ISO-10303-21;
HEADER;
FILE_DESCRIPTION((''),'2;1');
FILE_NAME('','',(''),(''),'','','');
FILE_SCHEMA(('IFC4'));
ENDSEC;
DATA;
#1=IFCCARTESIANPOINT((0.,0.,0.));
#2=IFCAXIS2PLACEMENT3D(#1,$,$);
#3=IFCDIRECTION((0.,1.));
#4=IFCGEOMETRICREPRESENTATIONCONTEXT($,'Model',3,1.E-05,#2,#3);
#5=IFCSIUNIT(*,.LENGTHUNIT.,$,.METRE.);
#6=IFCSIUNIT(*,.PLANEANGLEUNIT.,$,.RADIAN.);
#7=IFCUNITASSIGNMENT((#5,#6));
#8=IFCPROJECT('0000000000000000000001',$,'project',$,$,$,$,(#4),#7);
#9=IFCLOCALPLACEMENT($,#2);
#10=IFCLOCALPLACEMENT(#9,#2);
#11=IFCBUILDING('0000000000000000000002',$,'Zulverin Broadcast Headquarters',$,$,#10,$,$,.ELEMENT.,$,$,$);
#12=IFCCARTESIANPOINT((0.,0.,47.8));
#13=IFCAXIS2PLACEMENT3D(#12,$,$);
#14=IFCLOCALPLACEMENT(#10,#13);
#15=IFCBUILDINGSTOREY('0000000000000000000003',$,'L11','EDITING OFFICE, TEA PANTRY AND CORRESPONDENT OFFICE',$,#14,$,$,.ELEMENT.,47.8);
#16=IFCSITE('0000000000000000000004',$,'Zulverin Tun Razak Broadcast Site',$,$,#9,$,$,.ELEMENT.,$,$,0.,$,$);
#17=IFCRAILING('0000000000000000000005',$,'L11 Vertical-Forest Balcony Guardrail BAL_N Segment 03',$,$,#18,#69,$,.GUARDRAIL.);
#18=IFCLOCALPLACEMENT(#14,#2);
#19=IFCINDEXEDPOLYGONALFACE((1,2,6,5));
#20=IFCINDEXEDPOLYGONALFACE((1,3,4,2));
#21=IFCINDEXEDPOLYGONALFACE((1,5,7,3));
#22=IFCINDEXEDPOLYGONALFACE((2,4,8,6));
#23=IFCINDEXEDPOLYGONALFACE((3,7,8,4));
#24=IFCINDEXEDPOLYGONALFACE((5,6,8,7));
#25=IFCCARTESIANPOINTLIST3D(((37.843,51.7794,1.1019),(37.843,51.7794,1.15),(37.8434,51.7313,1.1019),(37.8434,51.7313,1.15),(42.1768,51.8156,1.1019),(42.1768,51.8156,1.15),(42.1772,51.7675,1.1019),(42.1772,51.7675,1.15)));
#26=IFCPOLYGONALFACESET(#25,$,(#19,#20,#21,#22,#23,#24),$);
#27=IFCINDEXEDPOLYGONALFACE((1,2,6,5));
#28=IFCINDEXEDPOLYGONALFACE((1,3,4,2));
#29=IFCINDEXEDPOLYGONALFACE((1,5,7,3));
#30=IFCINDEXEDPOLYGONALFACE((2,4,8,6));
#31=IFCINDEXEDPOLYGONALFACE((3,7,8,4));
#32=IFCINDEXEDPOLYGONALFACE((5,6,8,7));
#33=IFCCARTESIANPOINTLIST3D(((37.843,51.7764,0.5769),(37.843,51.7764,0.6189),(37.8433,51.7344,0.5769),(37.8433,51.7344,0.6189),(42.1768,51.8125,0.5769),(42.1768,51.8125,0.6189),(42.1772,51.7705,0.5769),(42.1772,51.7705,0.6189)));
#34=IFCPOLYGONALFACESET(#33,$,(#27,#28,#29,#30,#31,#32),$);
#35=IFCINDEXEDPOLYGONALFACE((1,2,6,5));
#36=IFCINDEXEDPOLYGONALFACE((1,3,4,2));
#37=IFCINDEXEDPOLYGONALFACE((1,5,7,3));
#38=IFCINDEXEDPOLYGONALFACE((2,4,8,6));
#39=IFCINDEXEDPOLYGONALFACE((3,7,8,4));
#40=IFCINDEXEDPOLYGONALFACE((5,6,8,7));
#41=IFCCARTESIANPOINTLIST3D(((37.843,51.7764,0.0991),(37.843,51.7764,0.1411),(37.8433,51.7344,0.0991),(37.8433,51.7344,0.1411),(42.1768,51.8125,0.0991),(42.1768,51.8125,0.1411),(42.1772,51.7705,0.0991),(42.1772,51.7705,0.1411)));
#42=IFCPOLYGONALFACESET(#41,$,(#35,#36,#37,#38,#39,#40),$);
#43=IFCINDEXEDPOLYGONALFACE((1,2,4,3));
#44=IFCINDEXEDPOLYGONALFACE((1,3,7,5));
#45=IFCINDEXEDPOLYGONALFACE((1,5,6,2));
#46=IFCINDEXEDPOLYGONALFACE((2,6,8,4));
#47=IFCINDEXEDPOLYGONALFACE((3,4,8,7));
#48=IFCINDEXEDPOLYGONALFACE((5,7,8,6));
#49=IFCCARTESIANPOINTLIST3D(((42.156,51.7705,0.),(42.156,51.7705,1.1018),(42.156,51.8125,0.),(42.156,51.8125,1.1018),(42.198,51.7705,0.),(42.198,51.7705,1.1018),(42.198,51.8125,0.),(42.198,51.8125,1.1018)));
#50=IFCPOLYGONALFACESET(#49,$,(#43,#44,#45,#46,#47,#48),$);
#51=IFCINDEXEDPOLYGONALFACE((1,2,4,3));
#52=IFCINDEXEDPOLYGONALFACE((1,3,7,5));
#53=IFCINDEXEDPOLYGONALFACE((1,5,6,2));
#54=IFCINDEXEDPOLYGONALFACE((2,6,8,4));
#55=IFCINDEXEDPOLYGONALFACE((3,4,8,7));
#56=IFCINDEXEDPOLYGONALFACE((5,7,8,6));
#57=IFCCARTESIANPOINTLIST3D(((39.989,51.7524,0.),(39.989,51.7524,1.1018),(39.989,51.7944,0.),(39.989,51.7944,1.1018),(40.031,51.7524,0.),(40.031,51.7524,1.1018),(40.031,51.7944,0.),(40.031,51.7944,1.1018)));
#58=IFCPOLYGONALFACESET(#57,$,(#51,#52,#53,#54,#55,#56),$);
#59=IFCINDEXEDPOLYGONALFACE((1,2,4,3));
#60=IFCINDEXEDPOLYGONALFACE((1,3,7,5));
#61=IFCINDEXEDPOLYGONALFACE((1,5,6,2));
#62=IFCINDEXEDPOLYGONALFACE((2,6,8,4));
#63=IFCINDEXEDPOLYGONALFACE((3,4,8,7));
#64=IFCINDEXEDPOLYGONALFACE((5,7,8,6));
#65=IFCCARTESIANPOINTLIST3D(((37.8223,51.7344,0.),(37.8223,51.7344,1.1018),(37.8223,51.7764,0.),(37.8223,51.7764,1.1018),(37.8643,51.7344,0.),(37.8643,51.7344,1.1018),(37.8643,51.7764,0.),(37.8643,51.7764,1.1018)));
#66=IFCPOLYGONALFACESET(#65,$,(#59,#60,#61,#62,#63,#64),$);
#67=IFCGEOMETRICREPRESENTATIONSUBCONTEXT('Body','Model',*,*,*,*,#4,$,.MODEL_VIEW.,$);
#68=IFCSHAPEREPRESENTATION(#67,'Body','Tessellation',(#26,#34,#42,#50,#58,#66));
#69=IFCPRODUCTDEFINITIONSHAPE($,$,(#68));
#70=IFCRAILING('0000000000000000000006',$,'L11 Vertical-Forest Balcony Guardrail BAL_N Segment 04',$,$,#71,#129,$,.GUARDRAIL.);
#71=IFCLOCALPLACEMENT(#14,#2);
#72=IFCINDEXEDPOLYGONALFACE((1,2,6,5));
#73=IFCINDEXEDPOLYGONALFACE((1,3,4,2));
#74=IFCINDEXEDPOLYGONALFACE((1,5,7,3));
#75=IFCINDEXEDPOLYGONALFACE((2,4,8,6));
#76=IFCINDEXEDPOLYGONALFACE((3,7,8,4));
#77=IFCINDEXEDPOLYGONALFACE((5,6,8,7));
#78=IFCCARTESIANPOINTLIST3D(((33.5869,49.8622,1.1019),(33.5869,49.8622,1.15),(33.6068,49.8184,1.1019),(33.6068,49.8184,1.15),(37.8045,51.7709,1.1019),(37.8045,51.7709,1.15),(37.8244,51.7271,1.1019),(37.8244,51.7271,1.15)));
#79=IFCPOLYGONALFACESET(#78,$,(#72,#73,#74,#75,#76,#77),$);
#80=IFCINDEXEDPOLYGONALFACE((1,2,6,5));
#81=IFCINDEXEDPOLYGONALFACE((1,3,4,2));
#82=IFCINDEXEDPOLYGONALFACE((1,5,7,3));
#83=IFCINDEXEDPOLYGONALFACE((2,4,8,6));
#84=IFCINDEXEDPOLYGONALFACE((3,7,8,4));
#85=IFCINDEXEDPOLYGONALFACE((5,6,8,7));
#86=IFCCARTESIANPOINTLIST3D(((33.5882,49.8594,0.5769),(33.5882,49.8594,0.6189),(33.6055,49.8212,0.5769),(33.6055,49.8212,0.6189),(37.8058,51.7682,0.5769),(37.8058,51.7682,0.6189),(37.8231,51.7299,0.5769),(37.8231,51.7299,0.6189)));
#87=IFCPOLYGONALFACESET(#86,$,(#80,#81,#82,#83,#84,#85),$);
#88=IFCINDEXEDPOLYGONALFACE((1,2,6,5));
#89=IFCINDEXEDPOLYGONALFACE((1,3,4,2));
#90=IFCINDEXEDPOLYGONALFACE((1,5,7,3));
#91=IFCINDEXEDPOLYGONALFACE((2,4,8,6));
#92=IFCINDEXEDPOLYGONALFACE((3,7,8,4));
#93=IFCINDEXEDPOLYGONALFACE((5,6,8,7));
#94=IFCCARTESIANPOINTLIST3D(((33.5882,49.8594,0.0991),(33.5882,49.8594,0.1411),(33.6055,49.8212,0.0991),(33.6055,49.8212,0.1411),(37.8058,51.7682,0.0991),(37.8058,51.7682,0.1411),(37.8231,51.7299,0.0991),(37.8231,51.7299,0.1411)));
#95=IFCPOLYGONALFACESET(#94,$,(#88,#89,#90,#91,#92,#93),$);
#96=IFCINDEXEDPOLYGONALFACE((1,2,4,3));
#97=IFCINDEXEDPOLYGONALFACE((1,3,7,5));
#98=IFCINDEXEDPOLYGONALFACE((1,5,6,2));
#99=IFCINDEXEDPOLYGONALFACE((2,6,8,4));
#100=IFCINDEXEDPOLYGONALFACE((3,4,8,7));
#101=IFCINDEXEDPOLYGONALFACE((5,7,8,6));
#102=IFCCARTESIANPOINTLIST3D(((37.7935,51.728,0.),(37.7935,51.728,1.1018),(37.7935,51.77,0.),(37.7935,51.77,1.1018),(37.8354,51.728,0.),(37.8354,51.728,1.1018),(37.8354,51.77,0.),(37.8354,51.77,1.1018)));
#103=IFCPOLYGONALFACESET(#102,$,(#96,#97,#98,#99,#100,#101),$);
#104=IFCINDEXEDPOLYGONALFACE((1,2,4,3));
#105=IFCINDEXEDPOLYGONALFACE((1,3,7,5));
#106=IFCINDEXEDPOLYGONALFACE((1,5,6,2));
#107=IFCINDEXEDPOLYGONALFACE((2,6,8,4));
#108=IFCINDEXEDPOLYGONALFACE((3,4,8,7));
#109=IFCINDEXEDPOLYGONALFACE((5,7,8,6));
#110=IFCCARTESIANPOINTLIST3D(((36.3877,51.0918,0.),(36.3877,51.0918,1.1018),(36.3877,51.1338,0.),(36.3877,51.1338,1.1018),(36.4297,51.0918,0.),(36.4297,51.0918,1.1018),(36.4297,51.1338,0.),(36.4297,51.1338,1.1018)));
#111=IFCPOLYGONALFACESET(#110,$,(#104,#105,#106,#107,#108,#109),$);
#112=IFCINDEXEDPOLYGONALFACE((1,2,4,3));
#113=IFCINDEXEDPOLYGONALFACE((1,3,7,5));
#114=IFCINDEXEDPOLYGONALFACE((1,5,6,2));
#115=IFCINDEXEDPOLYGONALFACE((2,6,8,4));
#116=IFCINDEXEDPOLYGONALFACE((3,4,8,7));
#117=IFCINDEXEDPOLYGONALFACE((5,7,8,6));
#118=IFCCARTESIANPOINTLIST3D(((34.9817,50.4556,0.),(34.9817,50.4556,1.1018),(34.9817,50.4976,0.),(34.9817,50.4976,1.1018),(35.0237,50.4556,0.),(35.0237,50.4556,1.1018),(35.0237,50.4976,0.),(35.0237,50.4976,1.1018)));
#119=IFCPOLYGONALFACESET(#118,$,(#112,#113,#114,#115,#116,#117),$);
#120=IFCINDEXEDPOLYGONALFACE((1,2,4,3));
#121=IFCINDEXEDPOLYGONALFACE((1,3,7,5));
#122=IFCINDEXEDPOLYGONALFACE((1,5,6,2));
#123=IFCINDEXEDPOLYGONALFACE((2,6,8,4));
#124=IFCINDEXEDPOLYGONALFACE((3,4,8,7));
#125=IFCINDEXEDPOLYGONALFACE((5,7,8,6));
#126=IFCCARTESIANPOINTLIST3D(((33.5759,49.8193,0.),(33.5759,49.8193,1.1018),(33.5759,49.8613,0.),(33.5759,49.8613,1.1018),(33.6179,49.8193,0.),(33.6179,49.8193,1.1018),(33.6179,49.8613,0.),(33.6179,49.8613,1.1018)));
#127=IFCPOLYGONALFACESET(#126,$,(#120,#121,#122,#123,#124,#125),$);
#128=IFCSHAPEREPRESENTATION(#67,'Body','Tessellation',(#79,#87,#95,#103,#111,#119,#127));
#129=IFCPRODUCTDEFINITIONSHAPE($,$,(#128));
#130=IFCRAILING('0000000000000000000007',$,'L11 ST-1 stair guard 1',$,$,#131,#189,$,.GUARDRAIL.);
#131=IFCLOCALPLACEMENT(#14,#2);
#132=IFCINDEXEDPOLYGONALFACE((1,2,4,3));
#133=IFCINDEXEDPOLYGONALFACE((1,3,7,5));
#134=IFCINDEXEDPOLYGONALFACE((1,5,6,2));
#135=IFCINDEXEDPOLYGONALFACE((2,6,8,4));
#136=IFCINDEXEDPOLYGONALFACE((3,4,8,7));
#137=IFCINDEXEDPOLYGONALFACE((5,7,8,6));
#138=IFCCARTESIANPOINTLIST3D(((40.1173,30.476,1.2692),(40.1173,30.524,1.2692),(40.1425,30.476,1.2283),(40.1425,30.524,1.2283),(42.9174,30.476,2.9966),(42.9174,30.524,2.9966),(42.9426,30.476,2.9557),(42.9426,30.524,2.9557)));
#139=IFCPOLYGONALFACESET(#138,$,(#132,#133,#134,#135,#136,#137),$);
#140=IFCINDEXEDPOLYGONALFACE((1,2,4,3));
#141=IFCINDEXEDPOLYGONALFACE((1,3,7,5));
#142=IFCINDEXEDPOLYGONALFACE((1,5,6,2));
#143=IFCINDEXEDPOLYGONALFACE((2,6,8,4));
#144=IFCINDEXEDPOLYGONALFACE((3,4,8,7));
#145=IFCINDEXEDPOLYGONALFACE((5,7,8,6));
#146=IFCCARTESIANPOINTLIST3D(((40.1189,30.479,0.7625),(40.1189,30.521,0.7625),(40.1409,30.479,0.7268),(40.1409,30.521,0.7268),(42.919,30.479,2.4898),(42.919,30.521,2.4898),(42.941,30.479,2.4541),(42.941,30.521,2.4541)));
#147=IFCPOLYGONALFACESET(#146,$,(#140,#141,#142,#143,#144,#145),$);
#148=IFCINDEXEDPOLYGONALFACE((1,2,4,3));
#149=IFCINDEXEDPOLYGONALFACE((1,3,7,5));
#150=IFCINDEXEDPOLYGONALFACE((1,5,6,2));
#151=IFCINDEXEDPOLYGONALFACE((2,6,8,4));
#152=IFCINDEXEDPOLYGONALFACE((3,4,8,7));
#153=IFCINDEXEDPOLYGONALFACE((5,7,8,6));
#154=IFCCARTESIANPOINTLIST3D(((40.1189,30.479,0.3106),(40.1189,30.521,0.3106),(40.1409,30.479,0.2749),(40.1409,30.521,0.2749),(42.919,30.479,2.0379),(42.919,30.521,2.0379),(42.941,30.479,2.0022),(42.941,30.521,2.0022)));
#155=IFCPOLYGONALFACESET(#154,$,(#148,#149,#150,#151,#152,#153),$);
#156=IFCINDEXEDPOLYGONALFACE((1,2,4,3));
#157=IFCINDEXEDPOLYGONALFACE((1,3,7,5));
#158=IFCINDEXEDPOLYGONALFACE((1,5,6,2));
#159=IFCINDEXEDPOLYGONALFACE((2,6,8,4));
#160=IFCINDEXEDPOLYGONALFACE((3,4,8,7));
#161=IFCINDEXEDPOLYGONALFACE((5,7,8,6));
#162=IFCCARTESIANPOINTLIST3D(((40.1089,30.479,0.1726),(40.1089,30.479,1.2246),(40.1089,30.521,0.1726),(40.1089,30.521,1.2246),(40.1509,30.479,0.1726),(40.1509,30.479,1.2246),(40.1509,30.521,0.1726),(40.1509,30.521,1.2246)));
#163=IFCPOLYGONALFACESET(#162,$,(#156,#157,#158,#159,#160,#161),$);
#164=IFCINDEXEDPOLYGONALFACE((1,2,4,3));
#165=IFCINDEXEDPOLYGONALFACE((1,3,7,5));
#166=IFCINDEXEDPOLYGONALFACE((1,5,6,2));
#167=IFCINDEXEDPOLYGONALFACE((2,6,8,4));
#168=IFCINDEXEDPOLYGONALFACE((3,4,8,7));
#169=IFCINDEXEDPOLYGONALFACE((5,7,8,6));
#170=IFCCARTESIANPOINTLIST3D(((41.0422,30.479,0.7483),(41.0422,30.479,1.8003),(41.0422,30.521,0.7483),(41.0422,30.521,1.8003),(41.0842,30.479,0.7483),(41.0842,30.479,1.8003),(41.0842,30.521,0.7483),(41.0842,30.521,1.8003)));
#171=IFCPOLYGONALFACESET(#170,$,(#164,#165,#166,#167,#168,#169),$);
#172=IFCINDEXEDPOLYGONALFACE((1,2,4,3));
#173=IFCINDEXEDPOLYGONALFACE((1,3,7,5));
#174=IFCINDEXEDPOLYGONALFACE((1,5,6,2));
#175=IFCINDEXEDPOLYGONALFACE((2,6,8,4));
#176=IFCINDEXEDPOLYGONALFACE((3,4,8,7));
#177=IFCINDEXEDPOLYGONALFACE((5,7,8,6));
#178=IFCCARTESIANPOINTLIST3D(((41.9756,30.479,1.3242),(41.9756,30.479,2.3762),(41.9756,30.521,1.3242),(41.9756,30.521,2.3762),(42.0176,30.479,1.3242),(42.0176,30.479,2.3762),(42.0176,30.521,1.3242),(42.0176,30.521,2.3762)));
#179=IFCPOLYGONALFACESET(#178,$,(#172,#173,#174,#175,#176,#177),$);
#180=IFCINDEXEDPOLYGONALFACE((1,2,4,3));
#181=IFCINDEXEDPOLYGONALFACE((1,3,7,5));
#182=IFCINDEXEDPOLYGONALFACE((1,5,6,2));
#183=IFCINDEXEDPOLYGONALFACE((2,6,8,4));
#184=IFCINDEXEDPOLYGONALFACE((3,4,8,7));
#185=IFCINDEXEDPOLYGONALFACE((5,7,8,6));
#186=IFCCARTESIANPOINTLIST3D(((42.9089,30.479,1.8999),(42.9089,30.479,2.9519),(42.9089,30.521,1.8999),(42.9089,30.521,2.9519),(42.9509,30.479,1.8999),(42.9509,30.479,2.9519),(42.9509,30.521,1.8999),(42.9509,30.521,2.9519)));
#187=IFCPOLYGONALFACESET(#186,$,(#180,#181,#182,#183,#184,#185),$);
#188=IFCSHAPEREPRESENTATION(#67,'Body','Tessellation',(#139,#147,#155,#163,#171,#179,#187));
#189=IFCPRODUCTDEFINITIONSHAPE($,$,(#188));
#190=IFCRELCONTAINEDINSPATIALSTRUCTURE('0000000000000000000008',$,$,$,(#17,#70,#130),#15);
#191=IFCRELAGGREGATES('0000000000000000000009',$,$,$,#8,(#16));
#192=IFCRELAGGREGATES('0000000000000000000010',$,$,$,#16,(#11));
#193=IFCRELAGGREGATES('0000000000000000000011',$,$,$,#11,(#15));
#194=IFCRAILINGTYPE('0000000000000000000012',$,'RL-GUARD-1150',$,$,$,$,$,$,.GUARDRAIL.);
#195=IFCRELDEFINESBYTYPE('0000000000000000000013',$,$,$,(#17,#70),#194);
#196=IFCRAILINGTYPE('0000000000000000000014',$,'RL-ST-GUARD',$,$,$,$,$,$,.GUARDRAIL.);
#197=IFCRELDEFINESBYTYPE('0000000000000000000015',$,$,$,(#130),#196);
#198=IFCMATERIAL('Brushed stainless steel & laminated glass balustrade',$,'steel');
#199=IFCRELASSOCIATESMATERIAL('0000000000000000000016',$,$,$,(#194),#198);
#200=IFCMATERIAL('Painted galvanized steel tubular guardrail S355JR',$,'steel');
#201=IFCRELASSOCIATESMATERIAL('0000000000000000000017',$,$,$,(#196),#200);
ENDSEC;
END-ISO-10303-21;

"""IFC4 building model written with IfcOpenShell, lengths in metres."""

from ifc_helpers import new_model, si_unit, direction, frame, origin, origin_2d, place, context, subcontext, project, spatial, rectangle, extrude, material, type_object, element, save


model = new_model("IFC4")

# Units and contexts
model_context = context("Model", 3, precision=1e-05, world=origin(), true_north=direction((0.0, 1.0)))
body_context = subcontext(model_context, "Body", "Model", "MODEL_VIEW")
ifc_project = project(units=[si_unit("LENGTHUNIT", "METRE"), si_unit("PLANEANGLEUNIT", "RADIAN")], contexts=[model_context])

# Site, building, storey
site_placement = place(None, origin())
site = spatial("IfcSite", under=ifc_project, at=site_placement, Name="Zulverin Tun Razak Broadcast Site", CompositionType="ELEMENT", RefElevation=0.0)
building_placement = place(site_placement, origin())
building = spatial("IfcBuilding", under=site, at=building_placement, Name="Zulverin Broadcast Headquarters", CompositionType="ELEMENT")
storey_placement = place(building_placement, frame((0.0, 0.0, 47.8)))
storey = spatial("IfcBuildingStorey", under=building, at=storey_placement, Name="L11", Description="EDITING OFFICE, TEA PANTRY AND CORRESPONDENT OFFICE", CompositionType="ELEMENT", Elevation=47.8)

# Railings
ifc_material_1 = material(Name="Brushed stainless steel & laminated glass balustrade", Category="steel")
railing_type_1 = type_object("IfcRailingType", Name="RL-GUARD-1150", PredefinedType="GUARDRAIL", material=ifc_material_1)
railing_1_placement = place(storey_placement, frame((42.177, 51.7915, 0.0)))
element("IfcRailing", 1, at=railing_1_placement, inside=storey, type_object=railing_type_1, Name="L11 Vertical-Forest Balcony Guardrail BAL_N Segment 03", PredefinedType="GUARDRAIL", context=body_context, shape_type="SweptSolid", body=[
    extrude(rectangle(XDim=0.0481, YDim=0.0481, at=origin_2d()), frame((0.0, 0.0, 1.126), z_axis=(-0.999965, -0.008337, 0.0), x_axis=(0.008337, -0.999965, 0.0)), (0.0, 0.0, 1.0), 4.334),
    extrude(rectangle(XDim=0.042, YDim=0.042, at=origin_2d()), frame((0.0, 0.0, 0.5979), z_axis=(-0.999965, -0.008337, 0.0), x_axis=(0.008337, -0.999965, 0.0)), (0.0, 0.0, 1.0), 4.334),
    extrude(rectangle(XDim=0.042, YDim=0.042, at=origin_2d()), frame((0.0, 0.0, 0.1201), z_axis=(-0.999965, -0.008337, 0.0), x_axis=(0.008337, -0.999965, 0.0)), (0.0, 0.0, 1.0), 4.334),
    extrude(rectangle(XDim=0.042, YDim=0.042, at=origin_2d()), origin(), (0.0, 0.0, 1.0), 1.1018),
    extrude(rectangle(XDim=0.042, YDim=0.042, at=origin_2d()), frame((-2.167, -0.0181, 0.0)), (0.0, 0.0, 1.0), 1.1018),
    extrude(rectangle(XDim=0.042, YDim=0.042, at=origin_2d()), frame((-4.3337, -0.0361, 0.0)), (0.0, 0.0, 1.0), 1.1018),
])
railing_2_placement = place(storey_placement, frame((37.8145, 51.749, 0.0)))
element("IfcRailing", 2, at=railing_2_placement, inside=storey, type_object=railing_type_1, Name="L11 Vertical-Forest Balcony Guardrail BAL_N Segment 04", PredefinedType="GUARDRAIL", context=body_context, shape_type="SweptSolid", body=[
    extrude(rectangle(XDim=0.0481, YDim=0.0481, at=origin_2d()), frame((0.0, 0.0, 1.126), z_axis=(-0.911046, -0.412304, 0.0), x_axis=(0.412304, -0.911046, 0.0)), (0.0, 0.0, 1.0), 4.6294),
    extrude(rectangle(XDim=0.042, YDim=0.042, at=origin_2d()), frame((0.0, 0.0, 0.5979), z_axis=(-0.911046, -0.412304, 0.0), x_axis=(0.412304, -0.911046, 0.0)), (0.0, 0.0, 1.0), 4.6294),
    extrude(rectangle(XDim=0.042, YDim=0.042, at=origin_2d()), frame((0.0, 0.0, 0.1201), z_axis=(-0.911046, -0.412304, 0.0), x_axis=(0.412304, -0.911046, 0.0)), (0.0, 0.0, 1.0), 4.6294),
    extrude(rectangle(XDim=0.042, YDim=0.042, at=origin_2d()), origin(), (0.0, 0.0, 1.0), 1.1018),
    extrude(rectangle(XDim=0.042, YDim=0.042, at=origin_2d()), frame((-1.4058, -0.6362, 0.0)), (0.0, 0.0, 1.0), 1.1018),
    extrude(rectangle(XDim=0.042, YDim=0.042, at=origin_2d()), frame((-2.8118, -1.2725, 0.0)), (0.0, 0.0, 1.0), 1.1018),
    extrude(rectangle(XDim=0.042, YDim=0.042, at=origin_2d()), frame((-4.2175, -1.9087, 0.0)), (0.0, 0.0, 1.0), 1.1018),
])
ifc_material_2 = material(Name="Painted galvanized steel tubular guardrail S355JR", Category="steel")
railing_type_2 = type_object("IfcRailingType", Name="RL-ST-GUARD", PredefinedType="GUARDRAIL", material=ifc_material_2)
railing_3_placement = place(storey_placement, frame((40.1299, 30.5, 0.1726)))
element("IfcRailing", 3, at=railing_3_placement, inside=storey, type_object=railing_type_2, Name="L11 ST-1 stair guard 1", PredefinedType="GUARDRAIL", context=body_context, shape_type="SweptSolid", body=[
    extrude(rectangle(XDim=0.0481, YDim=0.0481, at=origin_2d()), frame((0.0, 0.0, 1.0762), z_axis=(0.85109, 0.0, 0.52502), x_axis=(0.0, 1.0, 0.0)), (0.0, 0.0, 1.0), 3.29),
    extrude(rectangle(XDim=0.042, YDim=0.042, at=origin_2d()), frame((0.0, 0.0, 0.572), z_axis=(0.85109, 0.0, 0.52502), x_axis=(0.0, 1.0, 0.0)), (0.0, 0.0, 1.0), 3.29),
    extrude(rectangle(XDim=0.042, YDim=0.042, at=origin_2d()), frame((0.0, 0.0, 0.1201), z_axis=(0.85109, 0.0, 0.52502), x_axis=(0.0, 1.0, 0.0)), (0.0, 0.0, 1.0), 3.29),
    extrude(rectangle(XDim=0.042, YDim=0.042, at=origin_2d()), origin(), (0.0, 0.0, 1.0), 1.052),
    extrude(rectangle(XDim=0.042, YDim=0.042, at=origin_2d()), frame((0.9333, 0.0, 0.5757)), (0.0, 0.0, 1.0), 1.052),
    extrude(rectangle(XDim=0.042, YDim=0.042, at=origin_2d()), frame((1.8667, 0.0, 1.1516)), (0.0, 0.0, 1.0), 1.052),
    extrude(rectangle(XDim=0.042, YDim=0.042, at=origin_2d()), frame((2.8, 0.0, 1.7273)), (0.0, 0.0, 1.0), 1.052),
])

save(model, "model.ifc")
